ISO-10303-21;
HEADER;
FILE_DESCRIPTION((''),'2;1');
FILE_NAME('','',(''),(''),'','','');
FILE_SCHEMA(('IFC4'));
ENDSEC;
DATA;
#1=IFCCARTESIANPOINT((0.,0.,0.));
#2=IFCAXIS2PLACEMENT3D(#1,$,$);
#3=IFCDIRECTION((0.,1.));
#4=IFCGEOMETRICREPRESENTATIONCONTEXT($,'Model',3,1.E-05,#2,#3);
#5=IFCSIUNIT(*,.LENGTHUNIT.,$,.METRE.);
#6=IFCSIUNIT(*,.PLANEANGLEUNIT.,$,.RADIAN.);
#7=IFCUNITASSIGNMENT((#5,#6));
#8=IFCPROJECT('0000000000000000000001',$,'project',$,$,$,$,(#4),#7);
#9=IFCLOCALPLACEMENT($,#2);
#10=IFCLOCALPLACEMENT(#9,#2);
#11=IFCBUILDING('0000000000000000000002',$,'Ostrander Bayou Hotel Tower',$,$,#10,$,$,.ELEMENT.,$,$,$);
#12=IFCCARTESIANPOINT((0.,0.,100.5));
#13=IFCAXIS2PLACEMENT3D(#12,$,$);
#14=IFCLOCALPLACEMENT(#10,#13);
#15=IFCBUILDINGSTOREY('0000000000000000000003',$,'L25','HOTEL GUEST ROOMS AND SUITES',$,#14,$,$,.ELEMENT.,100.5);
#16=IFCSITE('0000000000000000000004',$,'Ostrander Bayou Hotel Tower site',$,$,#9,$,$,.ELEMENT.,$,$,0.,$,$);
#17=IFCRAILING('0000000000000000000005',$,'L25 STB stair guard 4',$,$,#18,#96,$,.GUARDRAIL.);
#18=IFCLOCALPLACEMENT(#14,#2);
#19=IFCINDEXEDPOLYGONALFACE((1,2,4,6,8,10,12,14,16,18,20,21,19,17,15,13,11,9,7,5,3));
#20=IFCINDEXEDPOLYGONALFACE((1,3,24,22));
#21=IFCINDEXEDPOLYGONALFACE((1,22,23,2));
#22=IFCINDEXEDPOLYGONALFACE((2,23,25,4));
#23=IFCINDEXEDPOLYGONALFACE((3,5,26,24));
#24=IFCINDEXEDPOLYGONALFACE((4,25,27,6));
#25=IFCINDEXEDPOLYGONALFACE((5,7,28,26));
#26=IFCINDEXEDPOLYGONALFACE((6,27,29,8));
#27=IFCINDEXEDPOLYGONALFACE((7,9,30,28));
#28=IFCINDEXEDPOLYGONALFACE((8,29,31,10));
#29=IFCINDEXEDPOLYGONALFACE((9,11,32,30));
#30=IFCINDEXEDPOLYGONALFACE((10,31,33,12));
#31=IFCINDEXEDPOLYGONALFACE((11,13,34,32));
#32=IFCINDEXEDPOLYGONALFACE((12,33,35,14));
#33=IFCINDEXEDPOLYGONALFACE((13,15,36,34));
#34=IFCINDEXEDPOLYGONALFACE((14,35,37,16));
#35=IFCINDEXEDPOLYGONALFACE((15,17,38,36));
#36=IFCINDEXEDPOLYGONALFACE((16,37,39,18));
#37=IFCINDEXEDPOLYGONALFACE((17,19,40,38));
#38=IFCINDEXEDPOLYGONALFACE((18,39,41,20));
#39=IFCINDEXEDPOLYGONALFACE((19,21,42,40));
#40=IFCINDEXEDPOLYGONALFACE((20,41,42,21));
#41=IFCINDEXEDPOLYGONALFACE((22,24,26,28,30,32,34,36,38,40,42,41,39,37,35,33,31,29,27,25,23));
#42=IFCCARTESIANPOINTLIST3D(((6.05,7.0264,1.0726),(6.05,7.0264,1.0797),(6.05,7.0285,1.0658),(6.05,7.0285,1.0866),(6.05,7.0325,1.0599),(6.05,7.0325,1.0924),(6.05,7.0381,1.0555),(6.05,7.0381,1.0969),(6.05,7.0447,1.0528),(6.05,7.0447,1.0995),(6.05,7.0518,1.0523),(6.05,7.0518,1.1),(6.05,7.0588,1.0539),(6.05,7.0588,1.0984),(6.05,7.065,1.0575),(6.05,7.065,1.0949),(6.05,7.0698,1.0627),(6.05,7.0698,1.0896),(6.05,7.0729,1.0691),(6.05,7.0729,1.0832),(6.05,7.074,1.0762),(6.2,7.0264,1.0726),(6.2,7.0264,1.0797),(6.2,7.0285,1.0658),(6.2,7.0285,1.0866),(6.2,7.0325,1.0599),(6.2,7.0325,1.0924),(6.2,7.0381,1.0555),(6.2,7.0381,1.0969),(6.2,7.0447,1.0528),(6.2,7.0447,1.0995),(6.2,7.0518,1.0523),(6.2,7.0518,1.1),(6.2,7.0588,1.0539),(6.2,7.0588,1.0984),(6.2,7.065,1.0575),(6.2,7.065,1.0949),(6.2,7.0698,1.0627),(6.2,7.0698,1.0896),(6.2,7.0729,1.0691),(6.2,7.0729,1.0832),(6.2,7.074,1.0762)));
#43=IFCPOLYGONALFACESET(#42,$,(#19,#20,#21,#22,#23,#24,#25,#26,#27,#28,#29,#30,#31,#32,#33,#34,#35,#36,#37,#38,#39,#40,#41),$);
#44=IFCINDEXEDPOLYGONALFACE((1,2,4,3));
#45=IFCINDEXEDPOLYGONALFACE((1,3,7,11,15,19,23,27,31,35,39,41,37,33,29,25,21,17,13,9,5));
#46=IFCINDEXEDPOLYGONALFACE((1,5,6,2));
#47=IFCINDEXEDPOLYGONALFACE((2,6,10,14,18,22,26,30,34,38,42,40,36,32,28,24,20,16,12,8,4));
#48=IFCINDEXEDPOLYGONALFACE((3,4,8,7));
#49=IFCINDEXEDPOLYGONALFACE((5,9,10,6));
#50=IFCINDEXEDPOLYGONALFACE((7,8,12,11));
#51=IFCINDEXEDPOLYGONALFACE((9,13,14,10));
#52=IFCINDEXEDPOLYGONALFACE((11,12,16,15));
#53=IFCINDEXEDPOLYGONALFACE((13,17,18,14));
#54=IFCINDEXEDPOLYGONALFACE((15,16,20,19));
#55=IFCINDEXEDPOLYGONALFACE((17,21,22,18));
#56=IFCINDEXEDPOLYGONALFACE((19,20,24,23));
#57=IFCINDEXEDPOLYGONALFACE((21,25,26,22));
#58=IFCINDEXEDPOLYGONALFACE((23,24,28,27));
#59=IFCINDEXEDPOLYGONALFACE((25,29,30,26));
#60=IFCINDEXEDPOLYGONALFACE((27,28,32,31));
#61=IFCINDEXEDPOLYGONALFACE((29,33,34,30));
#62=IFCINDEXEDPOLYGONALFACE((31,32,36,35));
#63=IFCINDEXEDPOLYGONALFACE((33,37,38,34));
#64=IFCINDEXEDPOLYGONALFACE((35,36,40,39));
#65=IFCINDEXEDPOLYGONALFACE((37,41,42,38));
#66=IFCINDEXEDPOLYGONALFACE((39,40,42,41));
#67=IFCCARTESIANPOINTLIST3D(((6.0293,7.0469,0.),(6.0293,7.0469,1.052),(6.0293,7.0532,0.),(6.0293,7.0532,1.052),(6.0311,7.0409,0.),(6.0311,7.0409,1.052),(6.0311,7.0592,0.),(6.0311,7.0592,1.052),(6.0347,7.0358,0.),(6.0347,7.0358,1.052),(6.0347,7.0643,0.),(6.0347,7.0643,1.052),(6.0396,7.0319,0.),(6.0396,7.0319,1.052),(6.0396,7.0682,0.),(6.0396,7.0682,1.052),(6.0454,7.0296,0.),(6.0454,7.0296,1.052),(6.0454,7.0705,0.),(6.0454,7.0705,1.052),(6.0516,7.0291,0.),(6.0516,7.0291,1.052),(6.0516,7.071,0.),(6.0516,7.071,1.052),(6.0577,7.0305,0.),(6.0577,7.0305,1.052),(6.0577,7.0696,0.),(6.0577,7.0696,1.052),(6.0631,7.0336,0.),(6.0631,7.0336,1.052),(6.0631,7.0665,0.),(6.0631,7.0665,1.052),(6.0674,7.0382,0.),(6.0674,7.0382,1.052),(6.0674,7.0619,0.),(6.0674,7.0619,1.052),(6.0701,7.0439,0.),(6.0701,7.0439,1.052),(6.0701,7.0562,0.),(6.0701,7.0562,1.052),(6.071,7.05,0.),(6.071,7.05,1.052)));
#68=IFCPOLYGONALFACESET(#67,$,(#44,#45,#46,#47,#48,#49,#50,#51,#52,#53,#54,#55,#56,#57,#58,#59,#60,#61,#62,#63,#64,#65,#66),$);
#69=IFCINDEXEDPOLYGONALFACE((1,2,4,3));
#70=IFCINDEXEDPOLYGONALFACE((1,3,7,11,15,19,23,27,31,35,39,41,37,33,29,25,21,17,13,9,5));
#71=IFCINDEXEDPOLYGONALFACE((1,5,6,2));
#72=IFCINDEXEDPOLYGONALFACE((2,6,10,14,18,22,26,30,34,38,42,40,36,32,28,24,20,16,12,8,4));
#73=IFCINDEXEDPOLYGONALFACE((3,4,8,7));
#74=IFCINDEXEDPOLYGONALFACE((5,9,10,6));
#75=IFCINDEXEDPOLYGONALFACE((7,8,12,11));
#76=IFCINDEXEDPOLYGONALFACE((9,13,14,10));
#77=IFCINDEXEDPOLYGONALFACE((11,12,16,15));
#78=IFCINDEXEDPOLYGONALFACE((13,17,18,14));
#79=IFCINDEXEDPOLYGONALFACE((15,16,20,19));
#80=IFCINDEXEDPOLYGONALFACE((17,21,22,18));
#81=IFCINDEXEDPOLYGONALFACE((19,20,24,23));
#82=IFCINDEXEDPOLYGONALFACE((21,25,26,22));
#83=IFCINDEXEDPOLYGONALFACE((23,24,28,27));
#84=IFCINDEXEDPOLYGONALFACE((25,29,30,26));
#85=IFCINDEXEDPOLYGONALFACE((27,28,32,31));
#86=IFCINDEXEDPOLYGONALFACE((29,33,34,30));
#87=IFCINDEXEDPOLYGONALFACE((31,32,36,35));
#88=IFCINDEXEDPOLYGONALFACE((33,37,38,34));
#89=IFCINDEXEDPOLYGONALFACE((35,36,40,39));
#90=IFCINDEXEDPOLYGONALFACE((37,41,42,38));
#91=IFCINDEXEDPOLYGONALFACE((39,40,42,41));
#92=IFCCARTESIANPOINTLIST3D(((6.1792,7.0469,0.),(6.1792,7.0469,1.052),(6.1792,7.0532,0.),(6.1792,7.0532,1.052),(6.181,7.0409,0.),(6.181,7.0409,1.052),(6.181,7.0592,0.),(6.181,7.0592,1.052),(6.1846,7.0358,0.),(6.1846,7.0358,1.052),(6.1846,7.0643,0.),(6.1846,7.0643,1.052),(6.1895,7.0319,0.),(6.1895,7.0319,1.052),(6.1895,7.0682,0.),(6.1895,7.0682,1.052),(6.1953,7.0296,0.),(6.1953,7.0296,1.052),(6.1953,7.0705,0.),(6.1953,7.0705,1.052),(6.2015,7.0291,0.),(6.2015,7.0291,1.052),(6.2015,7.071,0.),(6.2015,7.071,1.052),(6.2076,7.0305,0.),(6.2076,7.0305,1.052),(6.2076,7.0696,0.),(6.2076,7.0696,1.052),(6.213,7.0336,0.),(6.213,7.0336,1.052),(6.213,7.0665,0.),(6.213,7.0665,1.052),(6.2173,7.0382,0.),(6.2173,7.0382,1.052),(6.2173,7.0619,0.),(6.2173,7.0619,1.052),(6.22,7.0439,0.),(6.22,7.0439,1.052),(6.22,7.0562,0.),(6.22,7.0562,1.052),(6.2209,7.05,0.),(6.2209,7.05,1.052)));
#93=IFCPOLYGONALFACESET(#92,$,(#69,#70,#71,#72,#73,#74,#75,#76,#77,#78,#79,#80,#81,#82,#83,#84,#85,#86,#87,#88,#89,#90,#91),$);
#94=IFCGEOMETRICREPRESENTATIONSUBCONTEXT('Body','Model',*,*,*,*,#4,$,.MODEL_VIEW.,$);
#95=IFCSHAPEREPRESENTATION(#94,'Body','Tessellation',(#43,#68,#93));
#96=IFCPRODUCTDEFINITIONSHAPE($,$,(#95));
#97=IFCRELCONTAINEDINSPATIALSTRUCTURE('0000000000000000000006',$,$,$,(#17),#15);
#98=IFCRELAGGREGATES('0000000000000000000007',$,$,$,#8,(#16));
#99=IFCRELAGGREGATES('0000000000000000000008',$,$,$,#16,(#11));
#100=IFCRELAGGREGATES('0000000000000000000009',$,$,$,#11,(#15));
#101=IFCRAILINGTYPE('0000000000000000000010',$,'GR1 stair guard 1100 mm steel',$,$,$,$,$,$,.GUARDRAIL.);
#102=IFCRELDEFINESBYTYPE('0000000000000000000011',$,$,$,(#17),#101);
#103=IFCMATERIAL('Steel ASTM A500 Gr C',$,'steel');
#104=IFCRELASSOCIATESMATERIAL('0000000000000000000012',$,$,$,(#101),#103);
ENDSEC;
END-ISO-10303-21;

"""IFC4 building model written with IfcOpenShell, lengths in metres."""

from ifc_helpers import new_model, si_unit, direction, frame, origin, origin_2d, place, context, subcontext, project, spatial, circle, extrude, material, type_object, element, save


model = new_model("IFC4")

# Units and contexts
model_context = context("Model", 3, precision=1e-05, world=origin(), true_north=direction((0.0, 1.0)))
body_context = subcontext(model_context, "Body", "Model", "MODEL_VIEW")
ifc_project = project(units=[si_unit("LENGTHUNIT", "METRE"), si_unit("PLANEANGLEUNIT", "RADIAN")], contexts=[model_context])

# Site, building, storey
site_placement = place(None, origin())
site = spatial("IfcSite", under=ifc_project, at=site_placement, Name="Ostrander Bayou Hotel Tower site", CompositionType="ELEMENT", RefElevation=0.0)
building_placement = place(site_placement, origin())
building = spatial("IfcBuilding", under=site, at=building_placement, Name="Ostrander Bayou Hotel Tower", CompositionType="ELEMENT")
storey_placement = place(building_placement, frame((0.0, 0.0, 100.5)))
storey = spatial("IfcBuildingStorey", under=building, at=storey_placement, Name="L25", Description="HOTEL GUEST ROOMS AND SUITES", CompositionType="ELEMENT", Elevation=100.5)

# Railing
ifc_material_1 = material(Name="Steel ASTM A500 Gr C", Category="steel")
railing_type_1 = type_object("IfcRailingType", Name="GR1 stair guard 1100 mm steel", PredefinedType="GUARDRAIL", material=ifc_material_1)
railing_1_placement = place(storey_placement, frame((6.05, 7.05, 0.0)))
element("IfcRailing", 1, at=railing_1_placement, inside=storey, type_object=railing_type_1, Name="L25 STB stair guard 4", PredefinedType="GUARDRAIL", context=body_context, shape_type="SweptSolid", body=[
    extrude(circle(Radius=0.0239, at=origin_2d()), frame((0.0, 0.0, 1.0762), z_axis=(1.0, 0.0, 0.0), x_axis=(0.0, 1.0, 0.0)), (0.0, 0.0, 1.0), 0.1499),
    extrude(circle(Radius=0.021, at=origin_2d()), origin(), (0.0, 0.0, 1.0), 1.052),
    extrude(circle(Radius=0.021, at=origin_2d()), frame((0.1499, 0.0, 0.0)), (0.0, 0.0, 1.0), 1.052),
])

save(model, "model.ifc")
